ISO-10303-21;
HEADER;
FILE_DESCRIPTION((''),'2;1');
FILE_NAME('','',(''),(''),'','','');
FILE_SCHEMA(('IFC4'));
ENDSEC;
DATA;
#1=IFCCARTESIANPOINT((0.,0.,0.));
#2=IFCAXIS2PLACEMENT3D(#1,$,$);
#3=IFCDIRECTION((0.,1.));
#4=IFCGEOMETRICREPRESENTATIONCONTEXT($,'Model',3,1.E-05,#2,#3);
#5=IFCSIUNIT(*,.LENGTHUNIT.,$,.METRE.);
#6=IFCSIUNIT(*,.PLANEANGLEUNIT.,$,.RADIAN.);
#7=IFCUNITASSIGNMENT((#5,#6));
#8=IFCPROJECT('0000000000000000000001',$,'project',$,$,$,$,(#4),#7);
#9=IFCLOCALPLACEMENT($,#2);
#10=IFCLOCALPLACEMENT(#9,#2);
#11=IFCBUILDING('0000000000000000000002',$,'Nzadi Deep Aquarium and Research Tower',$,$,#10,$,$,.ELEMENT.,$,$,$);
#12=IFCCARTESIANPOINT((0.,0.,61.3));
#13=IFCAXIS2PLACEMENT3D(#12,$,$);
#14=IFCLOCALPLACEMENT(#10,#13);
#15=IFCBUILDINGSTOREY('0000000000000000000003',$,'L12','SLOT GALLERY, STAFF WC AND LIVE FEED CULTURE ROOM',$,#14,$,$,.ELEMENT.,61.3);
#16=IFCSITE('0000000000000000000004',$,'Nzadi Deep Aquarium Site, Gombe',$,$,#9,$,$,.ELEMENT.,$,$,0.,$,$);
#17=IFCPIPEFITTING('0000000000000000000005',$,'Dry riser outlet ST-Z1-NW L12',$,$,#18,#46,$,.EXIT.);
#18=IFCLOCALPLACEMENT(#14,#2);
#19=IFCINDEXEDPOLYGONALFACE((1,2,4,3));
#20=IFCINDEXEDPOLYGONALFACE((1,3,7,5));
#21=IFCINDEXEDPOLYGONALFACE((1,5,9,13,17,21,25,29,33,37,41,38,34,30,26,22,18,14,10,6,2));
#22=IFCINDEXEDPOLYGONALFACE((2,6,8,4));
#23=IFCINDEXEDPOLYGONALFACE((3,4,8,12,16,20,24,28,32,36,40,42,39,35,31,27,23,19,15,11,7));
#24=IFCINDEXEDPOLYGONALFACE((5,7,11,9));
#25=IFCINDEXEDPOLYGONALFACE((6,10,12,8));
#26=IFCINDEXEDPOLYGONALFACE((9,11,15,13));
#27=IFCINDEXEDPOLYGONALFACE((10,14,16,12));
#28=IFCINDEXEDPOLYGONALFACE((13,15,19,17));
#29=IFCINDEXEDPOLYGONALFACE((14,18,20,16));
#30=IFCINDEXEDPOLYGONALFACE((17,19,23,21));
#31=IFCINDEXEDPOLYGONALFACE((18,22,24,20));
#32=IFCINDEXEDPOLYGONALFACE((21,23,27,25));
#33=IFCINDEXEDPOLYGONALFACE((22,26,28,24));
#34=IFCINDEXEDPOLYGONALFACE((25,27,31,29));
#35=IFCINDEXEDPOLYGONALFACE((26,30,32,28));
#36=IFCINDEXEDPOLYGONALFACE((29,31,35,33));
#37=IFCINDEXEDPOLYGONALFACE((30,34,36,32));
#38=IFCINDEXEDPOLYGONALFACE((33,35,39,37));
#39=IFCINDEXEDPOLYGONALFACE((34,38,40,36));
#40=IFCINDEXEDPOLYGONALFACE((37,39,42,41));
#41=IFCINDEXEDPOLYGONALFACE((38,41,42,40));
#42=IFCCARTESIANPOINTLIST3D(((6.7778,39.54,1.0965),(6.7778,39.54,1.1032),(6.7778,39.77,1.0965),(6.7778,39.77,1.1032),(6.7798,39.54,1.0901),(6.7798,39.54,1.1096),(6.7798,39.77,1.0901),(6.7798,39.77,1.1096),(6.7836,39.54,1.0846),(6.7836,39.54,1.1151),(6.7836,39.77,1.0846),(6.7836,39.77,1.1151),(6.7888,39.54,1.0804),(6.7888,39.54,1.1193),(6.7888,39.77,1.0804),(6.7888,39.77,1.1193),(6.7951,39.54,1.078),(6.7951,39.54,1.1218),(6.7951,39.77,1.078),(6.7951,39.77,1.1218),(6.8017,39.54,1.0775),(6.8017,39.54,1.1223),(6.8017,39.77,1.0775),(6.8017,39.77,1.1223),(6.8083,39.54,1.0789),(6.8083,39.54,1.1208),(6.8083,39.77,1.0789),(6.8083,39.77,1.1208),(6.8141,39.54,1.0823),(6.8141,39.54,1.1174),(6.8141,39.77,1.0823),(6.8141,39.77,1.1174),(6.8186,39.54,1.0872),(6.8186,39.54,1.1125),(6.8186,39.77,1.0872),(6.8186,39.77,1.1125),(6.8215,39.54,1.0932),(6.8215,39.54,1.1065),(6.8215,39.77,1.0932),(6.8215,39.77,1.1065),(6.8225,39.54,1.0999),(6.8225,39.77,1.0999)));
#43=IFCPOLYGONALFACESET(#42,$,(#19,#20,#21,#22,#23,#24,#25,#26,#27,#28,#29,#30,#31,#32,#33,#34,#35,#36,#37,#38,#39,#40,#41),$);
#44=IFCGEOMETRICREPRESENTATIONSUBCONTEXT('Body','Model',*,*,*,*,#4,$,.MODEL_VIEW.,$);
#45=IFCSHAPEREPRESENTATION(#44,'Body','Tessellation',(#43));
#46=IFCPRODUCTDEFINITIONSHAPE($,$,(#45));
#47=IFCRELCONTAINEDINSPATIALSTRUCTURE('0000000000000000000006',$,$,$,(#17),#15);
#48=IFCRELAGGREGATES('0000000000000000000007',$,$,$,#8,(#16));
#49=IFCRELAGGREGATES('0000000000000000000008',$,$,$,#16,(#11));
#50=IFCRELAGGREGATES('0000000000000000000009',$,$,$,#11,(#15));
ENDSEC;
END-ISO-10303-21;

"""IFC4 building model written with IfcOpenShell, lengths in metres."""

from ifc_helpers import new_model, si_unit, direction, frame, origin, origin_2d, place, context, subcontext, project, spatial, circle, extrude, element, save


model = new_model("IFC4")

# Units and contexts
model_context = context("Model", 3, precision=1e-05, world=origin(), true_north=direction((0.0, 1.0)))
body_context = subcontext(model_context, "Body", "Model", "MODEL_VIEW")
ifc_project = project(units=[si_unit("LENGTHUNIT", "METRE"), si_unit("PLANEANGLEUNIT", "RADIAN")], contexts=[model_context])

# Site, building, storey
site_placement = place(None, origin())
site = spatial("IfcSite", under=ifc_project, at=site_placement, Name="Nzadi Deep Aquarium Site, Gombe", CompositionType="ELEMENT", RefElevation=0.0)
building_placement = place(site_placement, origin())
building = spatial("IfcBuilding", under=site, at=building_placement, Name="Nzadi Deep Aquarium and Research Tower", CompositionType="ELEMENT")
storey_placement = place(building_placement, frame((0.0, 0.0, 61.3)))
storey = spatial("IfcBuildingStorey", under=building, at=storey_placement, Name="L12", Description="SLOT GALLERY, STAFF WC AND LIVE FEED CULTURE ROOM", CompositionType="ELEMENT", Elevation=61.3)

# Pipe fitting
pipe_fitting_placement = place(storey_placement, frame((6.8, 39.77, 1.0999), z_axis=(0.0, -1.0, 0.0), x_axis=(1.0, 0.0, 0.0)))
element("IfcPipeFitting", 1, at=pipe_fitting_placement, inside=storey, Name="Dry riser outlet ST-Z1-NW L12", PredefinedType="EXIT", context=body_context, shape_type="SweptSolid", body=[
    extrude(circle(Radius=0.0225, at=origin_2d()), origin(), (0.0, 0.0, 1.0), 0.23),
])

save(model, "model.ifc")
